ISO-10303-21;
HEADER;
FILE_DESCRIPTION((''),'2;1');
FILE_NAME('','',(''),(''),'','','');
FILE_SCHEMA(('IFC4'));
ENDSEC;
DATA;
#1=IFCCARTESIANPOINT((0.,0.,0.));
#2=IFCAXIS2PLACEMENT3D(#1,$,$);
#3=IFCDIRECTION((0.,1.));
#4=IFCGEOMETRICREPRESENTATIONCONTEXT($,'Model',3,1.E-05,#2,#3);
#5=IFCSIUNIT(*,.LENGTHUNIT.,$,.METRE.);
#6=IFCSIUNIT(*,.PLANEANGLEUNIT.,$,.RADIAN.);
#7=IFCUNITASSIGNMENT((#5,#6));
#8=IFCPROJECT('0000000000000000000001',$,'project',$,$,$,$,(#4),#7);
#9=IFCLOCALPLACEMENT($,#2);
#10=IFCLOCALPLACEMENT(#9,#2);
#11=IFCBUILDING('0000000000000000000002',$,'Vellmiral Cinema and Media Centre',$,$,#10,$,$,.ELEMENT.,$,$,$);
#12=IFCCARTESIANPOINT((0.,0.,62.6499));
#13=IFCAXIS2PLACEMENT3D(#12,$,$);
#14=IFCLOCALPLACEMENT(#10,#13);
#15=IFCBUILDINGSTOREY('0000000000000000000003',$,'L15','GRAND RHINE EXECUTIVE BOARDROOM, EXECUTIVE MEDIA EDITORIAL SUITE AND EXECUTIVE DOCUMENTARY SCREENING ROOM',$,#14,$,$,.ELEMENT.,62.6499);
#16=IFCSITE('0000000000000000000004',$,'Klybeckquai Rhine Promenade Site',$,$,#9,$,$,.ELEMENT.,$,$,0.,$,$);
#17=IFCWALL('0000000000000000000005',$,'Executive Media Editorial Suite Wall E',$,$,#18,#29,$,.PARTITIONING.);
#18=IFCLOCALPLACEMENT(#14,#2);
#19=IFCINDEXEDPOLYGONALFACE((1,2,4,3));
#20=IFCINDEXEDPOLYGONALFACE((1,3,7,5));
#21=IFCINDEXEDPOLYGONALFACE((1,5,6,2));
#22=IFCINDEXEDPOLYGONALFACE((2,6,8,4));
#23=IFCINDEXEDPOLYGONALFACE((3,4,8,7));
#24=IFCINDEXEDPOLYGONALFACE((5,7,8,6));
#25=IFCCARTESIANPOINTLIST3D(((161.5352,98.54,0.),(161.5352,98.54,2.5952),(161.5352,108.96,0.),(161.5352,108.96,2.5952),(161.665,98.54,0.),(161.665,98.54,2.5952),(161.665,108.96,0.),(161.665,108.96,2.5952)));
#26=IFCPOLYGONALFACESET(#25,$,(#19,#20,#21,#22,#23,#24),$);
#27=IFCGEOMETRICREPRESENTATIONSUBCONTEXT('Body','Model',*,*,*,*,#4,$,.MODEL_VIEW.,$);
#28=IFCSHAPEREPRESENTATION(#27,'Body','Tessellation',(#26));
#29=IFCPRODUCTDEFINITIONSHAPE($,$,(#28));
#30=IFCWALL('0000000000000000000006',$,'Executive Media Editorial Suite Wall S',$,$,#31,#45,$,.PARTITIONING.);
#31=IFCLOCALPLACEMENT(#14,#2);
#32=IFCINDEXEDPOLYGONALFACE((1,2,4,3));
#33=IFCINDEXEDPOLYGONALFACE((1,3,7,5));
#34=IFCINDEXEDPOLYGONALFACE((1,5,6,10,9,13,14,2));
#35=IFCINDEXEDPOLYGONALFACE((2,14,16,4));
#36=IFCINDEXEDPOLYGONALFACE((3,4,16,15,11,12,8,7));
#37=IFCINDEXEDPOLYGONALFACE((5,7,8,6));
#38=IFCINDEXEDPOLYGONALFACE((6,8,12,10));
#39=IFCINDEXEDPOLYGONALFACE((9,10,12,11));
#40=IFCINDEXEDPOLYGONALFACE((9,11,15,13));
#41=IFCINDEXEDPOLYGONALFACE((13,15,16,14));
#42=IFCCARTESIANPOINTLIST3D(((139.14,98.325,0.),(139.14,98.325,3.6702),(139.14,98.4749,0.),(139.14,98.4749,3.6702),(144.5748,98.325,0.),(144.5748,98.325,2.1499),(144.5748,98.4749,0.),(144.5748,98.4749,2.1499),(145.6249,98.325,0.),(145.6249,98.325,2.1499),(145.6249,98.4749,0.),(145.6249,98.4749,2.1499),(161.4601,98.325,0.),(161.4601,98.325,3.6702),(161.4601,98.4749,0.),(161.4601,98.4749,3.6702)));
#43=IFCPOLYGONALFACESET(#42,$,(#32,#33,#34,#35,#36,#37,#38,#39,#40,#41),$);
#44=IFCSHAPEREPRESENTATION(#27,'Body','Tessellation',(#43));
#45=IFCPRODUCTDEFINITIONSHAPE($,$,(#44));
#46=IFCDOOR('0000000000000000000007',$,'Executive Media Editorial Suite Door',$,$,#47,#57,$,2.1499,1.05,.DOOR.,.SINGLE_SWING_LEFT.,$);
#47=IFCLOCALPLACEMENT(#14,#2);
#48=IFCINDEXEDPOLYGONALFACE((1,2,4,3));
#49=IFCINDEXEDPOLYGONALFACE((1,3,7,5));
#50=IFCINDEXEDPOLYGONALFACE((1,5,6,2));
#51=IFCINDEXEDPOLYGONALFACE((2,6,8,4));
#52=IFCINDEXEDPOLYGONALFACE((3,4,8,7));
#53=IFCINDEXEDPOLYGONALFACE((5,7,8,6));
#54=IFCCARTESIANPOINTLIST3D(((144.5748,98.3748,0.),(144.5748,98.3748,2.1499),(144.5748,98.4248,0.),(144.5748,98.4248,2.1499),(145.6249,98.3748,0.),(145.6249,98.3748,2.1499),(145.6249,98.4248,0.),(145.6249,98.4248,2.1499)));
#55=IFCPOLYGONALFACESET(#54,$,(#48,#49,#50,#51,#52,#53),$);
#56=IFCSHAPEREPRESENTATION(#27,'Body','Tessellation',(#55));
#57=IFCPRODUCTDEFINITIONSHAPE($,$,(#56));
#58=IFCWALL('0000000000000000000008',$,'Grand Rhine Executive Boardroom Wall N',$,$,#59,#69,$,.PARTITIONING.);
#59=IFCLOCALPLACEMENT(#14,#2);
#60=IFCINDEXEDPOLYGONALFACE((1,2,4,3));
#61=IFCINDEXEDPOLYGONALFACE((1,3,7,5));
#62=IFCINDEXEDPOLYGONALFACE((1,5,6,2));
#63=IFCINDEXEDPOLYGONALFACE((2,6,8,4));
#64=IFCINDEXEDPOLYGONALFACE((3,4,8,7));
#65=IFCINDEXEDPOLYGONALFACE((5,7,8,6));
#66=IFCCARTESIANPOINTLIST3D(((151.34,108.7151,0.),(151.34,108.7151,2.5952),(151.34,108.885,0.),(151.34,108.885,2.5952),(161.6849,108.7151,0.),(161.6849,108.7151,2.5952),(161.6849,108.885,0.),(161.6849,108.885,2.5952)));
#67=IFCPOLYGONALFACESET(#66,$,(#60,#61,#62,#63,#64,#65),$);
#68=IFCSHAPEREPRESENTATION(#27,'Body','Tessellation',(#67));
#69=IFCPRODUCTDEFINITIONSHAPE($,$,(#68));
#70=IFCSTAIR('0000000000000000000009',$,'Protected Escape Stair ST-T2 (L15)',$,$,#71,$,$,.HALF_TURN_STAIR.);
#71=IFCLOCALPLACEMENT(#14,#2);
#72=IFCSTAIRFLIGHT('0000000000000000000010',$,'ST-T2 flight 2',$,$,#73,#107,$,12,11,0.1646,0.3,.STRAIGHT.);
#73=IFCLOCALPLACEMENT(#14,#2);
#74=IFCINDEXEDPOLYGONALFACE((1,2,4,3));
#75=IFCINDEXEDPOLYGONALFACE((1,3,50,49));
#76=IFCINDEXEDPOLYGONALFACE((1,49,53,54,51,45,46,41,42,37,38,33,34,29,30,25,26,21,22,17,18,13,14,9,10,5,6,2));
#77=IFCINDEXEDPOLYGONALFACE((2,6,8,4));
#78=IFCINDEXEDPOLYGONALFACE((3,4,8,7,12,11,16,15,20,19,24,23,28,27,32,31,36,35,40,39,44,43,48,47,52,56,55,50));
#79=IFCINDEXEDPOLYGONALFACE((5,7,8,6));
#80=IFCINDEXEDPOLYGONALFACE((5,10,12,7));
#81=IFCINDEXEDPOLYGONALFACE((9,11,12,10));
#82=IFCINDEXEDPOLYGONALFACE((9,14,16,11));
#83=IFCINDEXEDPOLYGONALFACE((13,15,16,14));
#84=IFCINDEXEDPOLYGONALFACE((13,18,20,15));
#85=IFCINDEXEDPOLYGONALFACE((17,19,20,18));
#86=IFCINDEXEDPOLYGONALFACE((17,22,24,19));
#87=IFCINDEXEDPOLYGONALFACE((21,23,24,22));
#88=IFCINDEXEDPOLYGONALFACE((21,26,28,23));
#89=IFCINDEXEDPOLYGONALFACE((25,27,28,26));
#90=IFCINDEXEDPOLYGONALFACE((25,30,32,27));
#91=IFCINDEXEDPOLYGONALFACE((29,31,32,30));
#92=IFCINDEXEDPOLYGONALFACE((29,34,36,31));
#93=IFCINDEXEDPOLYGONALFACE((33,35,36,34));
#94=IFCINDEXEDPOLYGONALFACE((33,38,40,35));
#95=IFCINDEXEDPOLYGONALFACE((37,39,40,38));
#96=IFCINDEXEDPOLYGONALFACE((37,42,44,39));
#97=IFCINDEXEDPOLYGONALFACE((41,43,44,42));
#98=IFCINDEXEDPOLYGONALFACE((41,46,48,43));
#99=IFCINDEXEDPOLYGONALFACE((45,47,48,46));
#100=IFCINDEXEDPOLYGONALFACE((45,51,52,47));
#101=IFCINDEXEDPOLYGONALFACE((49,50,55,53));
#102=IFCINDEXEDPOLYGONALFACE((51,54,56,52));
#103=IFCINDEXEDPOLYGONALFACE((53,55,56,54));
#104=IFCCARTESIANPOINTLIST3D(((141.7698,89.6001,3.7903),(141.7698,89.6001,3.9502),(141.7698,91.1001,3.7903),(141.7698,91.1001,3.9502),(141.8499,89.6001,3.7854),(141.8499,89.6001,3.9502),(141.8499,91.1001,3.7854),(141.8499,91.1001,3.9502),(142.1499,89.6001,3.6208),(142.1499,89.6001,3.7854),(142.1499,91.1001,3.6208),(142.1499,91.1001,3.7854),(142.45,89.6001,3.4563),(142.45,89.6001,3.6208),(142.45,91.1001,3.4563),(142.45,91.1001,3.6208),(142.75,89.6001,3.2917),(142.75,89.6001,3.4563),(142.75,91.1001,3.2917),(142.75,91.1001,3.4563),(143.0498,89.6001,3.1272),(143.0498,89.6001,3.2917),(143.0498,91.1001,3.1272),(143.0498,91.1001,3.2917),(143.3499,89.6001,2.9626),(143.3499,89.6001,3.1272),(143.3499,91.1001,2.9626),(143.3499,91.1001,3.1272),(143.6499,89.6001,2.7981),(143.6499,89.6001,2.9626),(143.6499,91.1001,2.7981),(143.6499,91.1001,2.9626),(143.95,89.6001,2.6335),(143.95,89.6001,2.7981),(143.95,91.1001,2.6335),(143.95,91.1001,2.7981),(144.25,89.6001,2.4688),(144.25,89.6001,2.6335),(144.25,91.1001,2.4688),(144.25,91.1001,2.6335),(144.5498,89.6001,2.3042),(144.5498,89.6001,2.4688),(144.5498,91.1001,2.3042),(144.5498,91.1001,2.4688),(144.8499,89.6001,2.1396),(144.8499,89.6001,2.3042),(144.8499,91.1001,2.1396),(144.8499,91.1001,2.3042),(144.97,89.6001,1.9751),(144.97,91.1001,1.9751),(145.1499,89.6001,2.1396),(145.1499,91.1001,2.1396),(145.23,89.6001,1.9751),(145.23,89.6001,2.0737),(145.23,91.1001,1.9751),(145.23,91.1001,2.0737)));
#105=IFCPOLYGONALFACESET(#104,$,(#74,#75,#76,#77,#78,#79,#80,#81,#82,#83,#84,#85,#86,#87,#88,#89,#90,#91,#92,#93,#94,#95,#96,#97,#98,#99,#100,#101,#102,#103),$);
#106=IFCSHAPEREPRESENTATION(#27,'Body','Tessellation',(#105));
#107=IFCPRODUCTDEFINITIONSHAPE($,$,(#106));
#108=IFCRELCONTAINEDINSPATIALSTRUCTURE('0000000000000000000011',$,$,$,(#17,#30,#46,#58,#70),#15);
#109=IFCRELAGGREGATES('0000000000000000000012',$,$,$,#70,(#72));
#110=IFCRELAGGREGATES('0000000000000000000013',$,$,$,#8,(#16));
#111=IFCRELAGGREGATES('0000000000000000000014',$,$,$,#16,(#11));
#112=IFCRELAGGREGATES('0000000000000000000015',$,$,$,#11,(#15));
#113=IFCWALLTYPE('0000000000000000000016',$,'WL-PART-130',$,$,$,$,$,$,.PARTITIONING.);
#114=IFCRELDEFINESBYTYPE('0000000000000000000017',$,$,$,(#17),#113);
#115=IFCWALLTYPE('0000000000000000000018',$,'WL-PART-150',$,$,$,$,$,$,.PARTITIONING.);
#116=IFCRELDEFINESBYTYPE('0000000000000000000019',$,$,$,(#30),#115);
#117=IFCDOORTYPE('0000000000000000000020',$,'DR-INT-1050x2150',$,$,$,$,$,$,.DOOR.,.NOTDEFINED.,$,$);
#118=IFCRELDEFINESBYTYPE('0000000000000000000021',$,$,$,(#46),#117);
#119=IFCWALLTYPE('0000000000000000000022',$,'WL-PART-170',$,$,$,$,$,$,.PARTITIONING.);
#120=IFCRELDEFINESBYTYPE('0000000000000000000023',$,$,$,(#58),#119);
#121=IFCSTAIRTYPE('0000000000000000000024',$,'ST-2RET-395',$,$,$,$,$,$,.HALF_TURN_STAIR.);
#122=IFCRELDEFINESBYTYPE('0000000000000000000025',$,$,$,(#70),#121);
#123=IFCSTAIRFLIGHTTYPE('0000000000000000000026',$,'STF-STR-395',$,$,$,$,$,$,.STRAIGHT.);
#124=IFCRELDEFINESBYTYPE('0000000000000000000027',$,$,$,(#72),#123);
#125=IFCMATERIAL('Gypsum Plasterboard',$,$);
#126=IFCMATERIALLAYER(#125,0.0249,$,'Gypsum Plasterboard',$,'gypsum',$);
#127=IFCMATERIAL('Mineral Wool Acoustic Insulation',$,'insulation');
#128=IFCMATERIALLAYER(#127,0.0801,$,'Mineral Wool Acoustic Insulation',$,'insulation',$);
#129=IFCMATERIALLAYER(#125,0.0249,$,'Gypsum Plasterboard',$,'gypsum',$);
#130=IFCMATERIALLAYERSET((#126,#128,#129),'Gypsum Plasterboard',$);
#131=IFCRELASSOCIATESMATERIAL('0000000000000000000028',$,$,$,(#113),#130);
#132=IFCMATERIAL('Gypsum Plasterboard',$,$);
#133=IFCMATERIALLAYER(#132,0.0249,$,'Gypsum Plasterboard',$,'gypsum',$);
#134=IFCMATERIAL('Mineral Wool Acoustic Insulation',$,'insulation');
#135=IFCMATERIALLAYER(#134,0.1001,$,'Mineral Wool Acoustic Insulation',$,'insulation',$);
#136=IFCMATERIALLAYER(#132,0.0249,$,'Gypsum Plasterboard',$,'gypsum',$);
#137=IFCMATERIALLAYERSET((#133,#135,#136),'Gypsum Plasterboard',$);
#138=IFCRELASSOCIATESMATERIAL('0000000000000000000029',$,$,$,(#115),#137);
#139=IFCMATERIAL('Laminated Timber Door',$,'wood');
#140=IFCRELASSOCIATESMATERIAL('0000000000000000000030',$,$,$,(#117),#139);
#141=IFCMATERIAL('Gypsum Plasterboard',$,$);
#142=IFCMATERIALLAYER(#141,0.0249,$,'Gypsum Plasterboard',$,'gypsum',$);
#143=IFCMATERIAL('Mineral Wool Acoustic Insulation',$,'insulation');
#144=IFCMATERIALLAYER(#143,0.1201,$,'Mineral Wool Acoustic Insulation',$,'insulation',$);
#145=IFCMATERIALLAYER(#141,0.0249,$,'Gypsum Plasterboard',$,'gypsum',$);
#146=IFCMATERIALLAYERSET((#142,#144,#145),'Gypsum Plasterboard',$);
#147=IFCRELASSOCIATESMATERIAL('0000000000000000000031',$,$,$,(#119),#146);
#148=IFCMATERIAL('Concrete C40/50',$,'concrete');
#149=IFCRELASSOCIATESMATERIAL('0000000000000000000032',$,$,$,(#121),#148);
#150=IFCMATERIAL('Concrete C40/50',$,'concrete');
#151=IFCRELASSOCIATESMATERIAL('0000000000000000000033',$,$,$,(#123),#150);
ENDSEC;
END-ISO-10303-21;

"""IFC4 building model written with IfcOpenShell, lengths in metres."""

from ifc_helpers import new_model, si_unit, direction, frame, frame_2d, origin, place, context, subcontext, project, spatial, polyline, rectangle, outline, extrude, material, layer, layer_set, type_object, element, fill, aggregate, save


model = new_model("IFC4")

# Units and contexts
model_context = context("Model", 3, precision=1e-05, world=origin(), true_north=direction((0.0, 1.0)))
body_context = subcontext(model_context, "Body", "Model", "MODEL_VIEW")
ifc_project = project(units=[si_unit("LENGTHUNIT", "METRE"), si_unit("PLANEANGLEUNIT", "RADIAN")], contexts=[model_context])

# Site, building, storey
site_placement = place(None, origin())
site = spatial("IfcSite", under=ifc_project, at=site_placement, Name="Klybeckquai Rhine Promenade Site", CompositionType="ELEMENT", RefElevation=0.0)
building_placement = place(site_placement, origin())
building = spatial("IfcBuilding", under=site, at=building_placement, Name="Vellmiral Cinema and Media Centre", CompositionType="ELEMENT")
storey_placement = place(building_placement, frame((0.0, 0.0, 62.6499)))
storey = spatial("IfcBuildingStorey", under=building, at=storey_placement, Name="L15", Description="GRAND RHINE EXECUTIVE BOARDROOM, EXECUTIVE MEDIA EDITORIAL SUITE AND EXECUTIVE DOCUMENTARY SCREENING ROOM", CompositionType="ELEMENT", Elevation=62.6499)

# Wall
ifc_material_1 = material(Name="Gypsum Plasterboard")
ifc_layer_1 = layer(ifc_material_1, 0.0249, Name="Gypsum Plasterboard", Category="gypsum")
ifc_material_2 = material(Name="Mineral Wool Acoustic Insulation", Category="insulation")
ifc_layer_2 = layer(ifc_material_2, 0.0801, Name="Mineral Wool Acoustic Insulation", Category="insulation")
ifc_layer_3 = layer(ifc_material_1, 0.0249, Name="Gypsum Plasterboard", Category="gypsum")
ifc_layer_set_1 = layer_set([ifc_layer_1, ifc_layer_2, ifc_layer_3], Name="Gypsum Plasterboard")
wall_type_1 = type_object("IfcWallType", Name="WL-PART-130", PredefinedType="PARTITIONING", material=ifc_layer_set_1)
wall_1_placement = place(storey_placement, frame((161.6001, 98.54, 0.0), z_axis=(0.0, 0.0, 1.0), x_axis=(0.0, 1.0, 0.0)))
element("IfcWall", 1, at=wall_1_placement, inside=storey, type_object=wall_type_1, Name="Executive Media Editorial Suite Wall E", PredefinedType="PARTITIONING", context=body_context, shape_type="SweptSolid", body=[
    extrude(rectangle(XDim=10.4199, YDim=0.1299, at=frame_2d((5.21, 0.0))), origin(), (0.0, 0.0, 1.0), 2.5952),
])

# Wall, opening, door
ifc_material_3 = material(Name="Gypsum Plasterboard")
ifc_layer_4 = layer(ifc_material_3, 0.0249, Name="Gypsum Plasterboard", Category="gypsum")
ifc_material_4 = material(Name="Mineral Wool Acoustic Insulation", Category="insulation")
ifc_layer_5 = layer(ifc_material_4, 0.1001, Name="Mineral Wool Acoustic Insulation", Category="insulation")
ifc_layer_6 = layer(ifc_material_3, 0.0249, Name="Gypsum Plasterboard", Category="gypsum")
ifc_layer_set_2 = layer_set([ifc_layer_4, ifc_layer_5, ifc_layer_6], Name="Gypsum Plasterboard")
wall_type_2 = type_object("IfcWallType", Name="WL-PART-150", PredefinedType="PARTITIONING", material=ifc_layer_set_2)
wall_2_placement = place(storey_placement, frame((139.1399, 98.3999, 0.0), z_axis=(0.0, 0.0, 1.0), x_axis=(1.0, 0.0, 0.0)))
wall_2 = element("IfcWall", 2, at=wall_2_placement, inside=storey, type_object=wall_type_2, Name="Executive Media Editorial Suite Wall S", PredefinedType="PARTITIONING", context=body_context, shape_type="SweptSolid", body=[
    extrude(rectangle(XDim=22.3201, YDim=0.1499, at=frame_2d((11.1602, 0.0))), origin(), (0.0, 0.0, 1.0), 3.6702),
])
opening_1_placement = place(wall_2_placement, frame((5.4351, 0.0, 0.0)))
opening_1 = element("IfcOpeningElement", 3, at=opening_1_placement, cuts=wall_2, PredefinedType="OPENING", context=body_context, shape_type="SweptSolid", body=[
    extrude(rectangle(XDim=1.05, YDim=2.1499, at=frame_2d((0.5249, 1.075))), frame((0.0, 0.0869, 0.0), z_axis=(0.0, -1.0, 0.0), x_axis=(1.0, 0.0, 0.0)), (0.0, 0.0, 1.0), 0.1738),
])
ifc_material_5 = material(Name="Laminated Timber Door", Category="wood")
door_type_1 = type_object("IfcDoorType", Name="DR-INT-1050x2150", OperationType="NOTDEFINED", PredefinedType="DOOR", material=ifc_material_5)
door_1_placement = place(opening_1_placement, origin())
door_1 = element("IfcDoor", 4, at=door_1_placement, inside=storey, type_object=door_type_1, Name="Executive Media Editorial Suite Door", OperationType="SINGLE_SWING_LEFT", OverallHeight=2.1499, OverallWidth=1.05, PredefinedType="DOOR", context=body_context, shape_type="SweptSolid", body=[
    extrude(rectangle(XDim=1.05, YDim=2.1499, at=frame_2d((0.5249, 1.075))), frame((0.0, 0.0249, 0.0), z_axis=(0.0, -1.0, 0.0), x_axis=(1.0, 0.0, 0.0)), (0.0, 0.0, 1.0), 0.05),
])
fill(opening_1, door_1)

# Wall
ifc_material_6 = material(Name="Gypsum Plasterboard")
ifc_layer_7 = layer(ifc_material_6, 0.0249, Name="Gypsum Plasterboard", Category="gypsum")
ifc_material_7 = material(Name="Mineral Wool Acoustic Insulation", Category="insulation")
ifc_layer_8 = layer(ifc_material_7, 0.1201, Name="Mineral Wool Acoustic Insulation", Category="insulation")
ifc_layer_9 = layer(ifc_material_6, 0.0249, Name="Gypsum Plasterboard", Category="gypsum")
ifc_layer_set_3 = layer_set([ifc_layer_7, ifc_layer_8, ifc_layer_9], Name="Gypsum Plasterboard")
wall_type_3 = type_object("IfcWallType", Name="WL-PART-170", PredefinedType="PARTITIONING", material=ifc_layer_set_3)
wall_3_placement = place(storey_placement, frame((151.3401, 108.8, 0.0), z_axis=(0.0, 0.0, 1.0), x_axis=(1.0, 0.0, 0.0)))
element("IfcWall", 5, at=wall_3_placement, inside=storey, type_object=wall_type_3, Name="Grand Rhine Executive Boardroom Wall N", PredefinedType="PARTITIONING", context=body_context, shape_type="SweptSolid", body=[
    extrude(rectangle(XDim=10.345, YDim=0.1699, at=frame_2d((5.1724, 0.0))), origin(), (0.0, 0.0, 1.0), 2.5952),
])

# Stair, stair flight
ifc_material_8 = material(Name="Concrete C40/50", Category="concrete")
stair_type = type_object("IfcStairType", Name="ST-2RET-395", PredefinedType="HALF_TURN_STAIR", material=ifc_material_8)
stair_placement = place(storey_placement, origin())
stair = element("IfcStair", 6, at=stair_placement, inside=storey, type_object=stair_type, Name="Protected Escape Stair ST-T2 (L15)", PredefinedType="HALF_TURN_STAIR")
ifc_material_9 = material(Name="Concrete C40/50", Category="concrete")
stair_flight_type = type_object("IfcStairFlightType", Name="STF-STR-395", PredefinedType="STRAIGHT", material=ifc_material_9)
stair_flight_placement = place(storey_placement, frame((145.1499, 90.3501, 1.9751), z_axis=(0.0, 0.0, 1.0), x_axis=(-1.0, 0.0, 0.0)))
stair_flight = element("IfcStairFlight", 7, at=stair_flight_placement, type_object=stair_flight_type, Name="ST-T2 flight 2", NumberOfRisers=12, NumberOfTreads=11, PredefinedType="STRAIGHT", RiserHeight=0.1646, TreadLength=0.3, context=body_context, shape_type="SweptSolid", body=[
    extrude(outline(polyline([(-0.0801, 0.0), (-0.0801, 0.0986), (0.0, 0.1646), (0.3, 0.1646), (0.3, 0.3291), (0.6001, 0.3291), (0.6001, 0.4937), (0.8999, 0.4937), (0.8999, 0.6584), (1.2, 0.6584), (1.2, 0.823), (1.5, 0.823), (1.5, 0.9875), (1.8, 0.9875), (1.8, 1.1521), (2.1001, 1.1521), (2.1001, 1.3167), (2.3999, 1.3167), (2.3999, 1.4812), (2.7, 1.4812), (2.7, 1.6458), (3.0, 1.6458), (3.0, 1.8103), (3.3, 1.8103), (3.3, 1.9751), (3.3801, 1.9751), (3.3801, 1.8152), (0.1799, 0.0), (-0.0801, 0.0)])), frame((0.0, 0.75, 0.0), z_axis=(0.0, -1.0, 0.0), x_axis=(1.0, 0.0, 0.0)), (0.0, 0.0, 1.0), 1.5),
])
aggregate(stair, [stair_flight])

save(model, "model.ifc")
